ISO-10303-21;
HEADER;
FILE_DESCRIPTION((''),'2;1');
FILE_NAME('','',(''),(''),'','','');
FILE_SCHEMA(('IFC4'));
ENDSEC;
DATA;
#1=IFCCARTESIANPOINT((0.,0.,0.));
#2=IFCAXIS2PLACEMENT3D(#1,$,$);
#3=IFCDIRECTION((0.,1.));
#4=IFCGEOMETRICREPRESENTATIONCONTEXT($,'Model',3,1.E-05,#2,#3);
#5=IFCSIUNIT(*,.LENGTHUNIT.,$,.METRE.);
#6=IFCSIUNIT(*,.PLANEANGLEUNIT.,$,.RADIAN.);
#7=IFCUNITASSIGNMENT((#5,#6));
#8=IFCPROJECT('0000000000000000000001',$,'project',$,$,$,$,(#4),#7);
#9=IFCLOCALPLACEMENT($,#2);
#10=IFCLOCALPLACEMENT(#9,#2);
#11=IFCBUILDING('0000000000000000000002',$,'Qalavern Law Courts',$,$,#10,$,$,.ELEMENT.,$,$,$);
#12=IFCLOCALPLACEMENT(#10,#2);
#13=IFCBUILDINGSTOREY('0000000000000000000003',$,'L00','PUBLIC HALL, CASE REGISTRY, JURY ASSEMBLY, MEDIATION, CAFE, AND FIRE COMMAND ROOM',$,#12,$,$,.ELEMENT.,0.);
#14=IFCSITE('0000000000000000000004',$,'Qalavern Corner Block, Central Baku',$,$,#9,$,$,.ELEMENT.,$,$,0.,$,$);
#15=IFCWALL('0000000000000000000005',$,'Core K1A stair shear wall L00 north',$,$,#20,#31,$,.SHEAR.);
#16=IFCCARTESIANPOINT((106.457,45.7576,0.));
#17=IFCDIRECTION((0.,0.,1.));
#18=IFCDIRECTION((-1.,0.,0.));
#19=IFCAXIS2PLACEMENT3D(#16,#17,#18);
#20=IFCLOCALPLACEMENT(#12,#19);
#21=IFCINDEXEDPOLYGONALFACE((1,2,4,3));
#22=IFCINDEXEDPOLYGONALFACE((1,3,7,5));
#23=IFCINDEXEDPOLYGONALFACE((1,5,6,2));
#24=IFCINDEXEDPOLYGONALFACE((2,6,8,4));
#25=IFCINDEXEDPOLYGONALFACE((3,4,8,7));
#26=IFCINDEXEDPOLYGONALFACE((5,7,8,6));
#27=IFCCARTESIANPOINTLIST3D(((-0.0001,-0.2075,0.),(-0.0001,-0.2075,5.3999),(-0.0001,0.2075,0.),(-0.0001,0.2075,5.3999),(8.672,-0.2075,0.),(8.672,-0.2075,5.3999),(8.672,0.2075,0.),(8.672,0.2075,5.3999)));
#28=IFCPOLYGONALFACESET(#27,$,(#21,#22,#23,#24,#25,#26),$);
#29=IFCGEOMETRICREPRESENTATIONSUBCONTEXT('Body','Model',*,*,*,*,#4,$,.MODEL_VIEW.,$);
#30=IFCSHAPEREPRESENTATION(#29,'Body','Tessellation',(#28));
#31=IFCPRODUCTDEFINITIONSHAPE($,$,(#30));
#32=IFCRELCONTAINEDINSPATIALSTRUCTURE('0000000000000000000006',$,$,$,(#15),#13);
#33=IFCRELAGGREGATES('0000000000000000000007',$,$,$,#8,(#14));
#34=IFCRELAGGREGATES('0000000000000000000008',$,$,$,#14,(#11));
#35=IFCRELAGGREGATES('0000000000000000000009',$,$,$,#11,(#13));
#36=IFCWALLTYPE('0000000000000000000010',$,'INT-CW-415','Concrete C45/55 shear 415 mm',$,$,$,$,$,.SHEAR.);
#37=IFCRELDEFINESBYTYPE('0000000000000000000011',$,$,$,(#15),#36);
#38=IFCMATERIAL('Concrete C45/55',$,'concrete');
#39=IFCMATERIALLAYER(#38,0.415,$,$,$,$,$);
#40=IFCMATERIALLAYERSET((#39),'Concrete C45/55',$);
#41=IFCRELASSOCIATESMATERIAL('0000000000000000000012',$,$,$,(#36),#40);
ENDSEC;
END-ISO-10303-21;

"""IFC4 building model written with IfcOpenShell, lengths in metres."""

from ifc_helpers import new_model, si_unit, direction, frame, frame_2d, origin, place, context, subcontext, project, spatial, rectangle, extrude, material, layer, layer_set, type_object, element, save


model = new_model("IFC4")

# Units and contexts
model_context = context("Model", 3, precision=1e-05, world=origin(), true_north=direction((0.0, 1.0)))
body_context = subcontext(model_context, "Body", "Model", "MODEL_VIEW")
ifc_project = project(units=[si_unit("LENGTHUNIT", "METRE"), si_unit("PLANEANGLEUNIT", "RADIAN")], contexts=[model_context])

# Site, building, storey
site_placement = place(None, origin())
site = spatial("IfcSite", under=ifc_project, at=site_placement, Name="Qalavern Corner Block, Central Baku", CompositionType="ELEMENT", RefElevation=0.0)
building_placement = place(site_placement, origin())
building = spatial("IfcBuilding", under=site, at=building_placement, Name="Qalavern Law Courts", CompositionType="ELEMENT")
storey_placement = place(building_placement, origin())
storey = spatial("IfcBuildingStorey", under=building, at=storey_placement, Name="L00", Description="PUBLIC HALL, CASE REGISTRY, JURY ASSEMBLY, MEDIATION, CAFE, AND FIRE COMMAND ROOM", CompositionType="ELEMENT", Elevation=0.0)

# Wall
ifc_material_1 = material(Name="Concrete C45/55", Category="concrete")
ifc_layer_1 = layer(ifc_material_1, 0.415)
ifc_layer_set_1 = layer_set([ifc_layer_1], Name="Concrete C45/55")
wall_type = type_object("IfcWallType", Name="INT-CW-415", Description="Concrete C45/55 shear 415 mm", PredefinedType="SHEAR", material=ifc_layer_set_1)
wall_placement = place(storey_placement, frame((106.457, 45.7576, 0.0), z_axis=(0.0, 0.0, 1.0), x_axis=(-1.0, 0.0, 0.0)))
element("IfcWall", 1, at=wall_placement, inside=storey, type_object=wall_type, Name="Core K1A stair shear wall L00 north", PredefinedType="SHEAR", context=body_context, shape_type="SweptSolid", body=[
    extrude(rectangle(XDim=8.6721, YDim=0.415, at=frame_2d((4.3359, 0.0))), origin(), (0.0, 0.0, 1.0), 5.3999),
])

save(model, "model.ifc")
